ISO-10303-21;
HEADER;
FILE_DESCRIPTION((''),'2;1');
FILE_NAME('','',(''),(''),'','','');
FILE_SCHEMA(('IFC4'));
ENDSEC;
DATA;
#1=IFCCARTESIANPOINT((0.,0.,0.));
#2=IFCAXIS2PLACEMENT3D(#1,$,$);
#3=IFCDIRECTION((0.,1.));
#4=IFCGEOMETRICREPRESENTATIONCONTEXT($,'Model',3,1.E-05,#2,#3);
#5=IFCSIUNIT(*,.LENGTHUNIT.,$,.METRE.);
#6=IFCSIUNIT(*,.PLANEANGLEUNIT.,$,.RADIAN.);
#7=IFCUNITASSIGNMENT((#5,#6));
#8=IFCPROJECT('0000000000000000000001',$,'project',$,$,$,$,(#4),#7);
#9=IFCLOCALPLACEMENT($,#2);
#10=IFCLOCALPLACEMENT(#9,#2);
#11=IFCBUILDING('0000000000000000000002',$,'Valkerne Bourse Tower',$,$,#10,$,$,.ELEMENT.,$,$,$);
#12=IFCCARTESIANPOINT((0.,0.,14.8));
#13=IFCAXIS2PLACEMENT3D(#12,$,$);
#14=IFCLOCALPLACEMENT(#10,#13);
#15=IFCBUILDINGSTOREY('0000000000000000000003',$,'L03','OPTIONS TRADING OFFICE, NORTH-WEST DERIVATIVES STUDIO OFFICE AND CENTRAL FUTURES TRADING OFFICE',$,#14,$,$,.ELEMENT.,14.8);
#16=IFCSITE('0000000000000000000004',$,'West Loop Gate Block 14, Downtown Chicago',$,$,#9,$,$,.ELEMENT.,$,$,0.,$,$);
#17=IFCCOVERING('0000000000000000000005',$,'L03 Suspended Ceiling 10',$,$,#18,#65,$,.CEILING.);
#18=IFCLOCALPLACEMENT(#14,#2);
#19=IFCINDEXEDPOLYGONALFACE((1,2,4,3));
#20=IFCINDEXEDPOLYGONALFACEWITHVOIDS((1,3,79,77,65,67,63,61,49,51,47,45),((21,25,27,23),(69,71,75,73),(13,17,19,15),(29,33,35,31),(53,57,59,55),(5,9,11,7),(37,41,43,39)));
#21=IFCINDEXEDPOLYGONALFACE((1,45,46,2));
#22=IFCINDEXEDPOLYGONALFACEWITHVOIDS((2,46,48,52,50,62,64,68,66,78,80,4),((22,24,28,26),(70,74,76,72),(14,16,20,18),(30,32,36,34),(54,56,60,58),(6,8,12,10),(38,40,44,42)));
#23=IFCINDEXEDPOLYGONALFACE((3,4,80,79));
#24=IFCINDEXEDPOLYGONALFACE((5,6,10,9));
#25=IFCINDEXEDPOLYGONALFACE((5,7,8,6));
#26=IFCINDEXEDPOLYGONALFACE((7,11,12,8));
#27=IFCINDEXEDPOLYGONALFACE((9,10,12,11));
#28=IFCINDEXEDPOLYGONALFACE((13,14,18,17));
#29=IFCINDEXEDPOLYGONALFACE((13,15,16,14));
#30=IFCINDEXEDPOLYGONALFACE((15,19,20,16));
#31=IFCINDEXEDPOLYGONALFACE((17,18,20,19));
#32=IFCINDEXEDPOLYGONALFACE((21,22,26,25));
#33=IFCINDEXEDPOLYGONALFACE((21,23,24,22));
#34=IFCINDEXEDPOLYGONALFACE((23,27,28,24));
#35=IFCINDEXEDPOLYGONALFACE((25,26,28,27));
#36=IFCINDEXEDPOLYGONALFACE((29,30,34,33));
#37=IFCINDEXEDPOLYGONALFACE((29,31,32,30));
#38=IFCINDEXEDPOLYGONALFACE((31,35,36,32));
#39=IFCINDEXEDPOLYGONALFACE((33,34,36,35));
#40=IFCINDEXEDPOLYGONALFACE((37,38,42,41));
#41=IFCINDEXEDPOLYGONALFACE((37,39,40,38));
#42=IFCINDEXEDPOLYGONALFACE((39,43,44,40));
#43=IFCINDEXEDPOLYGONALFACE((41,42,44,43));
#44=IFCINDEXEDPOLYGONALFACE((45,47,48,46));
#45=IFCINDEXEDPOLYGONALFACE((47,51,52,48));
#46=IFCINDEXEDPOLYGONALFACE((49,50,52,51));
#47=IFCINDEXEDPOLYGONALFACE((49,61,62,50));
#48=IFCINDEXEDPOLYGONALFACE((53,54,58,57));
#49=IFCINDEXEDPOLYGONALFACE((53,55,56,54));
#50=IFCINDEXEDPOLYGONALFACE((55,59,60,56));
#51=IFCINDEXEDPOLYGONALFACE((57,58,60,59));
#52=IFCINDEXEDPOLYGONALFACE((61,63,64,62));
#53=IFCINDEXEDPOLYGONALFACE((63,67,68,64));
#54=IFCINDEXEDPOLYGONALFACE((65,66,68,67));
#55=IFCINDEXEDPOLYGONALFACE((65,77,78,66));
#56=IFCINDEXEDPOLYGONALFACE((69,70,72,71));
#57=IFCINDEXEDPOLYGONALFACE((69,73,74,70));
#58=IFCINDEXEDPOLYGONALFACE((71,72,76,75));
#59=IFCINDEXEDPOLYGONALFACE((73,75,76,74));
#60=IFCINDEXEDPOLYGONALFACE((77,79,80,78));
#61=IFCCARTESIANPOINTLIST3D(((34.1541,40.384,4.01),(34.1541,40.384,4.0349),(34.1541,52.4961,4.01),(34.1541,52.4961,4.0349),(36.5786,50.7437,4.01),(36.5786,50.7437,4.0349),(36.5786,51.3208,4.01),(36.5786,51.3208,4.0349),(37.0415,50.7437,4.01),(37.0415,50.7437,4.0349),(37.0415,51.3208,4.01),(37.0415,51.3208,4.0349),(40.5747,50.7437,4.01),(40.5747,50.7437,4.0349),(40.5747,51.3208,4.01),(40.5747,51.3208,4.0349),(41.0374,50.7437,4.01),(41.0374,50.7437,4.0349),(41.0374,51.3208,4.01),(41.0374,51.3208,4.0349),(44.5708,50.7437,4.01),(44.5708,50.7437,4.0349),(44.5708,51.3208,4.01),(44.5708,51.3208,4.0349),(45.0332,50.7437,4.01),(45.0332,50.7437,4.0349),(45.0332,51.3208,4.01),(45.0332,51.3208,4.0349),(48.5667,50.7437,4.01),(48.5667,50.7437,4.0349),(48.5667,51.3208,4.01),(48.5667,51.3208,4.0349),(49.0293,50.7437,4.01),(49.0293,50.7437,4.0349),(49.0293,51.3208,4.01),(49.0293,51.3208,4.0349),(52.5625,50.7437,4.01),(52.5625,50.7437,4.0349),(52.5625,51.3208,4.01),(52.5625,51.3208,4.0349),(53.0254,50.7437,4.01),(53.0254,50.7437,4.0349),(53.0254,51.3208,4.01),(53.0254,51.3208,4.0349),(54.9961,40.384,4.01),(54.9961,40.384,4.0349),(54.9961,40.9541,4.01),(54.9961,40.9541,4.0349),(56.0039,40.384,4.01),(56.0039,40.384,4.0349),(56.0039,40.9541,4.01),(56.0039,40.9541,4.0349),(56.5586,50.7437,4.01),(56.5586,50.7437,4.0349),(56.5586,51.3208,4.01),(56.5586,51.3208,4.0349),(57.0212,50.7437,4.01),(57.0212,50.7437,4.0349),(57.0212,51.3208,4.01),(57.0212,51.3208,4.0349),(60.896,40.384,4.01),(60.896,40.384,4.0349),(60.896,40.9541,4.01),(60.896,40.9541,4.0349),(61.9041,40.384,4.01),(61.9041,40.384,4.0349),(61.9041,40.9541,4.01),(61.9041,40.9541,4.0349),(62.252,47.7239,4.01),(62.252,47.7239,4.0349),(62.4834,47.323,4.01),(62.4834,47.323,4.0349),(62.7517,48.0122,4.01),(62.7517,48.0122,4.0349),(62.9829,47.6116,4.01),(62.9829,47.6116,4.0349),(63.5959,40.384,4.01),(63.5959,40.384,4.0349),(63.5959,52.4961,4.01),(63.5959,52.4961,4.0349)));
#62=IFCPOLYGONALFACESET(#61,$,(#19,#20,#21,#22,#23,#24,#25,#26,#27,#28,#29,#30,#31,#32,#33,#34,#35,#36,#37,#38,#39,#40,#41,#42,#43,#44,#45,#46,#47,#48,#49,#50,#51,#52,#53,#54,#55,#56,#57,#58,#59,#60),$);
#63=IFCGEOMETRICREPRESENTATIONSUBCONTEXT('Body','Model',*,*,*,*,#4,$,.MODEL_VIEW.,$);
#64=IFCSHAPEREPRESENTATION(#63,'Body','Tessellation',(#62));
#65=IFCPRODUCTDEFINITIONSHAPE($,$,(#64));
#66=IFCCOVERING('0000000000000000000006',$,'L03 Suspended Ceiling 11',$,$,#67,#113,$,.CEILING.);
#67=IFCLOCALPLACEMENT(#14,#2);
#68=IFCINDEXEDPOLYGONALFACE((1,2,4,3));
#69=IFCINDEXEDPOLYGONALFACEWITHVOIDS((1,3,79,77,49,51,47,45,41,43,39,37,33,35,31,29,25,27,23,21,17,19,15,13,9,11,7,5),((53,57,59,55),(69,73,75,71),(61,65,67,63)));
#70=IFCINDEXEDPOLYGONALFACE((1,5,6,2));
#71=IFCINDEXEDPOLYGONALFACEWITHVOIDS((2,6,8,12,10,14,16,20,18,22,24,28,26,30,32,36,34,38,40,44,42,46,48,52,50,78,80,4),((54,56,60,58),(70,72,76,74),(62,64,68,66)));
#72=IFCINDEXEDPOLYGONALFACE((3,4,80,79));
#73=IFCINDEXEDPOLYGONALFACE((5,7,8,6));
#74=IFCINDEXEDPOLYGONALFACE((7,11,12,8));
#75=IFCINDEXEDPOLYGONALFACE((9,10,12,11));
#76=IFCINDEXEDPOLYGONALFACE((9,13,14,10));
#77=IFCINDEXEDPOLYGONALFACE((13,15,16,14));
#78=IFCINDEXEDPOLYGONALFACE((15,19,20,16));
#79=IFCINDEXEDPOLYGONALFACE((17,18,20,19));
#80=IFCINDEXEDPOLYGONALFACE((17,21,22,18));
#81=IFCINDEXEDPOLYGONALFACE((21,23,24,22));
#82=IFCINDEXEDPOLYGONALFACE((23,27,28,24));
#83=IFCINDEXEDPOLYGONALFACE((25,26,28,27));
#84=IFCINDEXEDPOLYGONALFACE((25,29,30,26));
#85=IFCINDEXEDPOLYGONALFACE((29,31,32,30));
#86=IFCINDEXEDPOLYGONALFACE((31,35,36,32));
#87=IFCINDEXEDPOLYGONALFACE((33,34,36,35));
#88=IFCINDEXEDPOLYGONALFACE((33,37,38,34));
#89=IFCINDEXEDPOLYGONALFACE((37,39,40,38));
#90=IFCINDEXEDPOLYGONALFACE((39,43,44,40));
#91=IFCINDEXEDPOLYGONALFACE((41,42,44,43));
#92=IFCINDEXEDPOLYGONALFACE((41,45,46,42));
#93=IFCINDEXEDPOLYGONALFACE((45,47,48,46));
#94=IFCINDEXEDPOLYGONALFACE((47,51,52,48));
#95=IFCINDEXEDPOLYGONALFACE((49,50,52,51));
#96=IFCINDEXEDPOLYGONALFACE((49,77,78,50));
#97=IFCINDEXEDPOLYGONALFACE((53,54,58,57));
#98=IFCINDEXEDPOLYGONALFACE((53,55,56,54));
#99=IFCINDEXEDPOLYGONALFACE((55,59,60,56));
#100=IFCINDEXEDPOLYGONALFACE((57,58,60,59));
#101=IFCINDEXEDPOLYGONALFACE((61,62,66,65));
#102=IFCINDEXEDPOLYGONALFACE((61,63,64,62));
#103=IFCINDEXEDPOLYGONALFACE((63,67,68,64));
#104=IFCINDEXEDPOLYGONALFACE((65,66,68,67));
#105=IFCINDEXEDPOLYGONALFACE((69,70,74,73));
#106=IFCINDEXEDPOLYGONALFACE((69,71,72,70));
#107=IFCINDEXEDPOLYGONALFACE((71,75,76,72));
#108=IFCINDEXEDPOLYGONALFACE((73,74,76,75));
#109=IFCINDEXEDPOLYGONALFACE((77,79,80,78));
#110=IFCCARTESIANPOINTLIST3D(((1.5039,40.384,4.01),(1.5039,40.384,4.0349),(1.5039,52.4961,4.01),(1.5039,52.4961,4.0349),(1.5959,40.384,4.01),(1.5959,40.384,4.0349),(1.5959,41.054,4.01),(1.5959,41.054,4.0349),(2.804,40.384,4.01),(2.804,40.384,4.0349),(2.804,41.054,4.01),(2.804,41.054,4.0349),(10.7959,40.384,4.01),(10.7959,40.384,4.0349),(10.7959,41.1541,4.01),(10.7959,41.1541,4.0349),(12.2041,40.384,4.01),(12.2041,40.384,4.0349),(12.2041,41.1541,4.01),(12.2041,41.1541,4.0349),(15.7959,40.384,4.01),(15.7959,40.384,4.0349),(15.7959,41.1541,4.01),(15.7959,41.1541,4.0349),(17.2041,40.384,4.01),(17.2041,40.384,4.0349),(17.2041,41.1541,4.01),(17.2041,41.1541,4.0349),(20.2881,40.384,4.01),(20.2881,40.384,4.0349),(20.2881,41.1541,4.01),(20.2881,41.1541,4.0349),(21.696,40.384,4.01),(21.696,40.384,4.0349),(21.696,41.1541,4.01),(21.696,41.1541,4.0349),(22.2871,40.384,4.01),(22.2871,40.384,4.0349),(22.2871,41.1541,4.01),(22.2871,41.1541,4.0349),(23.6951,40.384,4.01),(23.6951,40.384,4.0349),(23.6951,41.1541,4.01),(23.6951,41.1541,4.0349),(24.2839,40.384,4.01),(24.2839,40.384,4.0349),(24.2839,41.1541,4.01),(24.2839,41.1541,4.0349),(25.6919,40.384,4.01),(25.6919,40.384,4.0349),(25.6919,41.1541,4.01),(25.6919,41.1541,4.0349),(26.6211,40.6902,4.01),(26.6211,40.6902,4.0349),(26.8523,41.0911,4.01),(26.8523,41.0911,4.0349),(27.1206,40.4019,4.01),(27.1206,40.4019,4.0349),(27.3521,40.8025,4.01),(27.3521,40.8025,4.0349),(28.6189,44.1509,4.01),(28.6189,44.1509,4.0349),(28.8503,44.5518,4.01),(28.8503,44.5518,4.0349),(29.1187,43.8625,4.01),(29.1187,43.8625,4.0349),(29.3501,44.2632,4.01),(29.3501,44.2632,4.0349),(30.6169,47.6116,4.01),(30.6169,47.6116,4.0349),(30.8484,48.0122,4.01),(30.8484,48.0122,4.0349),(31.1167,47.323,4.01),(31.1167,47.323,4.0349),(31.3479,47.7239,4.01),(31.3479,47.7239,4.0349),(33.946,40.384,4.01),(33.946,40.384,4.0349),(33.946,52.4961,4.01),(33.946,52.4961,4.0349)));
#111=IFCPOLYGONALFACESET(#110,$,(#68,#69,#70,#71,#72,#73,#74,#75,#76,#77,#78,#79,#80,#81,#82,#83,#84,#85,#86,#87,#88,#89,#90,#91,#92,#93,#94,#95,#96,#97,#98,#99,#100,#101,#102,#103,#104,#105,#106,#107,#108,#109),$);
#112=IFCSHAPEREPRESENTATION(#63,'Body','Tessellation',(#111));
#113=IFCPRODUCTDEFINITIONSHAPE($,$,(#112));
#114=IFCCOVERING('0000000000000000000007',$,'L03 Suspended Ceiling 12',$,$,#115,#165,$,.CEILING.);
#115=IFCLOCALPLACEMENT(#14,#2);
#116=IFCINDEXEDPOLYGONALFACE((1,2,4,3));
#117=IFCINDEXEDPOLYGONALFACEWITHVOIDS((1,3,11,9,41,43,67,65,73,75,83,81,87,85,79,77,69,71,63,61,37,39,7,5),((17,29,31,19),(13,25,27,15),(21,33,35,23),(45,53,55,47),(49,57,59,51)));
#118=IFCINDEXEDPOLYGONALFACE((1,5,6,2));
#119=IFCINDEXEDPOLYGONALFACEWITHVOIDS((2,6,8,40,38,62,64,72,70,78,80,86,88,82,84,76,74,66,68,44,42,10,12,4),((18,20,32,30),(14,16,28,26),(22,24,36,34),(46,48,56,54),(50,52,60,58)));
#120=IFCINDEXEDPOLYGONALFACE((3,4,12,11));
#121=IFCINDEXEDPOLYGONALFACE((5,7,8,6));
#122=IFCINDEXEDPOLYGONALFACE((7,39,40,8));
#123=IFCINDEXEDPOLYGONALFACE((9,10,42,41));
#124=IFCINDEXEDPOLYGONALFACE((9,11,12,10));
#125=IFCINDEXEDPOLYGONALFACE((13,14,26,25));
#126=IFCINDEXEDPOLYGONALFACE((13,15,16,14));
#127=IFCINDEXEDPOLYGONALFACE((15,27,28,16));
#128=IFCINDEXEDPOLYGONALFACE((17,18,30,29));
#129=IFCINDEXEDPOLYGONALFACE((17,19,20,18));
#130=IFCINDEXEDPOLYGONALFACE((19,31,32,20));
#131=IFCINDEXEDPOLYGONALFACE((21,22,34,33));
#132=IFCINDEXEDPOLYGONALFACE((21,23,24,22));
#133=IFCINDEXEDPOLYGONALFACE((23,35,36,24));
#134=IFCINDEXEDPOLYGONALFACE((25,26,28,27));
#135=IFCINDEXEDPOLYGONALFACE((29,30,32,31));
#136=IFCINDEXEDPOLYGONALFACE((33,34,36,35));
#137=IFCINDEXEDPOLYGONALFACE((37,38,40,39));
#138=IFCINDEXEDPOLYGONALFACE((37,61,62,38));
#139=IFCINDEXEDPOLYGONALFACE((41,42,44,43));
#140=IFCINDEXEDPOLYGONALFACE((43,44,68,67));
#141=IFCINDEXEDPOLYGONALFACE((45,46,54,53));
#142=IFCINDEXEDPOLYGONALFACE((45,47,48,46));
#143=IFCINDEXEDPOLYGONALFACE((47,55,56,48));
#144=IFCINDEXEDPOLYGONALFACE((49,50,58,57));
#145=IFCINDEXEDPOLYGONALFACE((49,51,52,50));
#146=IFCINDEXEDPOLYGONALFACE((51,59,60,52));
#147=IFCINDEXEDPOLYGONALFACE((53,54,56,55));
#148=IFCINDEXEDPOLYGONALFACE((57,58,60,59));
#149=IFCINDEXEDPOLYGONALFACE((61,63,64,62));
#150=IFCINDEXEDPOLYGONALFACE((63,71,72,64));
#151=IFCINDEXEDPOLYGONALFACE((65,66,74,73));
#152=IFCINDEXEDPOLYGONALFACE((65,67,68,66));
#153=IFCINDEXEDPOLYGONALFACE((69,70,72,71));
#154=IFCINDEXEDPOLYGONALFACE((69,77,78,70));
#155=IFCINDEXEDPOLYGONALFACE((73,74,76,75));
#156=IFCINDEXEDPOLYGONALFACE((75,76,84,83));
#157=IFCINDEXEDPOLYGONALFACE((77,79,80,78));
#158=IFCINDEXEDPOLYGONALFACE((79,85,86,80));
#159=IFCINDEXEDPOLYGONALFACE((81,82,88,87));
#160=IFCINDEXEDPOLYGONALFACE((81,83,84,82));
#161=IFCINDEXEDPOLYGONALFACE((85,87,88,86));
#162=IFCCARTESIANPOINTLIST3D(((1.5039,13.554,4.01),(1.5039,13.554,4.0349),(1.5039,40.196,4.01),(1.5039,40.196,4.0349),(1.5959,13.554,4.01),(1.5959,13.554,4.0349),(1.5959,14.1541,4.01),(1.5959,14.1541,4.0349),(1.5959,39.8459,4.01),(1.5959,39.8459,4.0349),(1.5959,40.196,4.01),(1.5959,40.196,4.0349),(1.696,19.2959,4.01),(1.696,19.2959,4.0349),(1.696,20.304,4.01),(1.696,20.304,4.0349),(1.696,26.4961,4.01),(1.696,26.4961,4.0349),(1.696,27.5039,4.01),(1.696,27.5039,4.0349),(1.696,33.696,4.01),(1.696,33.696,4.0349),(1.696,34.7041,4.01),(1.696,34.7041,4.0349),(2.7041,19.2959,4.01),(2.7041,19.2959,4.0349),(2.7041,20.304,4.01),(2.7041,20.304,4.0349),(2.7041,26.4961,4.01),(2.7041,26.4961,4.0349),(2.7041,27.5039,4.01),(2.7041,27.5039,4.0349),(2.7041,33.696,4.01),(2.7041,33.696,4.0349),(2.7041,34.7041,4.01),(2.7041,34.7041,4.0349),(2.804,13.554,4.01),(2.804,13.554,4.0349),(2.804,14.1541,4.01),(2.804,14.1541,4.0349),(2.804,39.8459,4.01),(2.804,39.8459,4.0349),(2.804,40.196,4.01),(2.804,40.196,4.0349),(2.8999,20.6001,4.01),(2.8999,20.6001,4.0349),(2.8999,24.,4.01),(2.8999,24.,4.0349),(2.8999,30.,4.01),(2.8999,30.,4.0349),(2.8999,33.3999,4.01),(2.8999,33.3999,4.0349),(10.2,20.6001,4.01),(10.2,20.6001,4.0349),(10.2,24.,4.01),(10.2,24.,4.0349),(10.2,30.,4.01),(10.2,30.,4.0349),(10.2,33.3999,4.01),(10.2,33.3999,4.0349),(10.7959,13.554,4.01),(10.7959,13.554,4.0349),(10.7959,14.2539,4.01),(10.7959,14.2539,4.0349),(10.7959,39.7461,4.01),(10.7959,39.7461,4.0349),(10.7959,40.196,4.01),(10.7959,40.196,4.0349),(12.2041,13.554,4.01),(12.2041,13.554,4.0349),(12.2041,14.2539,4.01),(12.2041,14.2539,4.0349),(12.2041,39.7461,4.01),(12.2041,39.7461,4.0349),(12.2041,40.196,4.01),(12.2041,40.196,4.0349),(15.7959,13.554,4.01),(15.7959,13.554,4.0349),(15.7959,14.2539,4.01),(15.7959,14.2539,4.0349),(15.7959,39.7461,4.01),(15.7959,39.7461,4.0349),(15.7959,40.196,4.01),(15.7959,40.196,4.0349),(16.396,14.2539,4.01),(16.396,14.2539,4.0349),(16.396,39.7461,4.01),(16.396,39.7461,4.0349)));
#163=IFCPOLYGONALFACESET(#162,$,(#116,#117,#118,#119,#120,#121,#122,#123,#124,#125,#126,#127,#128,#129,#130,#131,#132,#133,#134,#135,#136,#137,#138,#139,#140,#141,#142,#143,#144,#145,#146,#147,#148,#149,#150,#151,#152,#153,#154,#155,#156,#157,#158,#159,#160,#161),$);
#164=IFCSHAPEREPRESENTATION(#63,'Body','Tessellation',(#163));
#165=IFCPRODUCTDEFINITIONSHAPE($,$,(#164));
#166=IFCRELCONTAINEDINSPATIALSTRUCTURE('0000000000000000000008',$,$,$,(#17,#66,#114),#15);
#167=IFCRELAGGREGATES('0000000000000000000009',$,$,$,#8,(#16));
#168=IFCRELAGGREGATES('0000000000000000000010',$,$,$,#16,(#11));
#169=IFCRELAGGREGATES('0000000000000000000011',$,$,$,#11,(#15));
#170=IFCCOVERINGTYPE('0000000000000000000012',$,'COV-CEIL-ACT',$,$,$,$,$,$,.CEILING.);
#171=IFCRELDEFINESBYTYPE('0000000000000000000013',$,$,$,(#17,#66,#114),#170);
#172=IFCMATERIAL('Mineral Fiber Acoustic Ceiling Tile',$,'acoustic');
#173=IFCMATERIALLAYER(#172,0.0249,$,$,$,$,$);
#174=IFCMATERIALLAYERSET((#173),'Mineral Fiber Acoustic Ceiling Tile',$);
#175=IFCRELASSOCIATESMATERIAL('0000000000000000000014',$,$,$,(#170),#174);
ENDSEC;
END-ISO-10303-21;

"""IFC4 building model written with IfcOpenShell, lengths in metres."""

from ifc_helpers import new_model, si_unit, direction, frame, origin, place, context, subcontext, project, spatial, polyline, outline, extrude, material, layer, layer_set, type_object, element, save


model = new_model("IFC4")

# Units and contexts
model_context = context("Model", 3, precision=1e-05, world=origin(), true_north=direction((0.0, 1.0)))
body_context = subcontext(model_context, "Body", "Model", "MODEL_VIEW")
ifc_project = project(units=[si_unit("LENGTHUNIT", "METRE"), si_unit("PLANEANGLEUNIT", "RADIAN")], contexts=[model_context])

# Site, building, storey
site_placement = place(None, origin())
site = spatial("IfcSite", under=ifc_project, at=site_placement, Name="West Loop Gate Block 14, Downtown Chicago", CompositionType="ELEMENT", RefElevation=0.0)
building_placement = place(site_placement, origin())
building = spatial("IfcBuilding", under=site, at=building_placement, Name="Valkerne Bourse Tower", CompositionType="ELEMENT")
storey_placement = place(building_placement, frame((0.0, 0.0, 14.8)))
storey = spatial("IfcBuildingStorey", under=building, at=storey_placement, Name="L03", Description="OPTIONS TRADING OFFICE, NORTH-WEST DERIVATIVES STUDIO OFFICE AND CENTRAL FUTURES TRADING OFFICE", CompositionType="ELEMENT", Elevation=14.8)

# Coverings
ifc_material_1 = material(Name="Mineral Fiber Acoustic Ceiling Tile", Category="acoustic")
ifc_layer_1 = layer(ifc_material_1, 0.0249)
ifc_layer_set_1 = layer_set([ifc_layer_1], Name="Mineral Fiber Acoustic Ceiling Tile")
covering_type_1 = type_object("IfcCoveringType", Name="COV-CEIL-ACT", PredefinedType="CEILING", material=ifc_layer_set_1)
covering_1_placement = place(storey_placement, frame((0.0, 0.0, 4.01)))
element("IfcCovering", 1, at=covering_1_placement, inside=storey, type_object=covering_type_1, Name="L03 Suspended Ceiling 10", PredefinedType="CEILING", context=body_context, shape_type="SweptSolid", body=[
    extrude(outline(polyline([(34.1541, 52.4961), (63.5959, 52.4961), (63.5959, 40.384), (61.9041, 40.384), (61.9041, 40.9541), (60.896, 40.9541), (60.896, 40.384), (56.0039, 40.384), (56.0039, 40.9541), (54.9961, 40.9541), (54.9961, 40.384), (34.1541, 40.384), (34.1541, 52.4961)]), holes=[polyline([(57.0212, 51.3208), (56.5586, 51.3208), (56.5586, 50.7437), (57.0212, 50.7437), (57.0212, 51.3208)]), polyline([(53.0254, 51.3208), (52.5625, 51.3208), (52.5625, 50.7437), (53.0254, 50.7437), (53.0254, 51.3208)]), polyline([(48.5667, 51.3208), (48.5667, 50.7437), (49.0293, 50.7437), (49.0293, 51.3208), (48.5667, 51.3208)]), polyline([(45.0332, 51.3208), (44.5708, 51.3208), (44.5708, 50.7437), (45.0332, 50.7437), (45.0332, 51.3208)]), polyline([(41.0374, 51.3208), (40.5747, 51.3208), (40.5747, 50.7437), (41.0374, 50.7437), (41.0374, 51.3208)]), polyline([(36.5786, 51.3208), (36.5786, 50.7437), (37.0415, 50.7437), (37.0415, 51.3208), (36.5786, 51.3208)]), polyline([(62.7517, 48.0122), (62.252, 47.7239), (62.4834, 47.323), (62.9829, 47.6116), (62.7517, 48.0122)])]), origin(), (0.0, 0.0, 1.0), 0.0249),
])
covering_2_placement = place(storey_placement, frame((0.0, 0.0, 4.01)))
element("IfcCovering", 2, at=covering_2_placement, inside=storey, type_object=covering_type_1, Name="L03 Suspended Ceiling 11", PredefinedType="CEILING", context=body_context, shape_type="SweptSolid", body=[
    extrude(outline(polyline([(1.5039, 52.4961), (33.946, 52.4961), (33.946, 40.384), (25.6919, 40.384), (25.6919, 41.1541), (24.2839, 41.1541), (24.2839, 40.384), (23.6951, 40.384), (23.6951, 41.1541), (22.2871, 41.1541), (22.2871, 40.384), (21.696, 40.384), (21.696, 41.1541), (20.2881, 41.1541), (20.2881, 40.384), (17.2041, 40.384), (17.2041, 41.1541), (15.7959, 41.1541), (15.7959, 40.384), (12.2041, 40.384), (12.2041, 41.1541), (10.7959, 41.1541), (10.7959, 40.384), (2.804, 40.384), (2.804, 41.054), (1.5959, 41.054), (1.5959, 40.384), (1.5039, 40.384), (1.5039, 52.4961)]), holes=[polyline([(26.6211, 40.6902), (27.1206, 40.4019), (27.3521, 40.8025), (26.8523, 41.0911), (26.6211, 40.6902)]), polyline([(28.8503, 44.5518), (28.6189, 44.1509), (29.1187, 43.8625), (29.3501, 44.2632), (28.8503, 44.5518)]), polyline([(30.6169, 47.6116), (31.1167, 47.323), (31.3479, 47.7239), (30.8484, 48.0122), (30.6169, 47.6116)])]), origin(), (0.0, 0.0, 1.0), 0.0249),
])
covering_3_placement = place(storey_placement, frame((0.0, 0.0, 4.01)))
element("IfcCovering", 3, at=covering_3_placement, inside=storey, type_object=covering_type_1, Name="L03 Suspended Ceiling 12", PredefinedType="CEILING", context=body_context, shape_type="SweptSolid", body=[
    extrude(outline(polyline([(1.5039, 40.196), (1.5959, 40.196), (1.5959, 39.8459), (2.804, 39.8459), (2.804, 40.196), (10.7959, 40.196), (10.7959, 39.7461), (12.2041, 39.7461), (12.2041, 40.196), (15.7959, 40.196), (15.7959, 39.7461), (16.396, 39.7461), (16.396, 14.2539), (15.7959, 14.2539), (15.7959, 13.554), (12.2041, 13.554), (12.2041, 14.2539), (10.7959, 14.2539), (10.7959, 13.554), (2.804, 13.554), (2.804, 14.1541), (1.5959, 14.1541), (1.5959, 13.554), (1.5039, 13.554), (1.5039, 40.196)]), holes=[polyline([(1.696, 20.304), (1.696, 19.2959), (2.7041, 19.2959), (2.7041, 20.304), (1.696, 20.304)]), polyline([(2.8999, 24.0), (2.8999, 20.6001), (10.2, 20.6001), (10.2, 24.0), (2.8999, 24.0)]), polyline([(2.7041, 27.5039), (1.696, 27.5039), (1.696, 26.4961), (2.7041, 26.4961), (2.7041, 27.5039)]), polyline([(2.8999, 30.0), (10.2, 30.0), (10.2, 33.3999), (2.8999, 33.3999), (2.8999, 30.0)]), polyline([(2.7041, 34.7041), (1.696, 34.7041), (1.696, 33.696), (2.7041, 33.696), (2.7041, 34.7041)])]), origin(), (0.0, 0.0, 1.0), 0.0249),
])

save(model, "model.ifc")
